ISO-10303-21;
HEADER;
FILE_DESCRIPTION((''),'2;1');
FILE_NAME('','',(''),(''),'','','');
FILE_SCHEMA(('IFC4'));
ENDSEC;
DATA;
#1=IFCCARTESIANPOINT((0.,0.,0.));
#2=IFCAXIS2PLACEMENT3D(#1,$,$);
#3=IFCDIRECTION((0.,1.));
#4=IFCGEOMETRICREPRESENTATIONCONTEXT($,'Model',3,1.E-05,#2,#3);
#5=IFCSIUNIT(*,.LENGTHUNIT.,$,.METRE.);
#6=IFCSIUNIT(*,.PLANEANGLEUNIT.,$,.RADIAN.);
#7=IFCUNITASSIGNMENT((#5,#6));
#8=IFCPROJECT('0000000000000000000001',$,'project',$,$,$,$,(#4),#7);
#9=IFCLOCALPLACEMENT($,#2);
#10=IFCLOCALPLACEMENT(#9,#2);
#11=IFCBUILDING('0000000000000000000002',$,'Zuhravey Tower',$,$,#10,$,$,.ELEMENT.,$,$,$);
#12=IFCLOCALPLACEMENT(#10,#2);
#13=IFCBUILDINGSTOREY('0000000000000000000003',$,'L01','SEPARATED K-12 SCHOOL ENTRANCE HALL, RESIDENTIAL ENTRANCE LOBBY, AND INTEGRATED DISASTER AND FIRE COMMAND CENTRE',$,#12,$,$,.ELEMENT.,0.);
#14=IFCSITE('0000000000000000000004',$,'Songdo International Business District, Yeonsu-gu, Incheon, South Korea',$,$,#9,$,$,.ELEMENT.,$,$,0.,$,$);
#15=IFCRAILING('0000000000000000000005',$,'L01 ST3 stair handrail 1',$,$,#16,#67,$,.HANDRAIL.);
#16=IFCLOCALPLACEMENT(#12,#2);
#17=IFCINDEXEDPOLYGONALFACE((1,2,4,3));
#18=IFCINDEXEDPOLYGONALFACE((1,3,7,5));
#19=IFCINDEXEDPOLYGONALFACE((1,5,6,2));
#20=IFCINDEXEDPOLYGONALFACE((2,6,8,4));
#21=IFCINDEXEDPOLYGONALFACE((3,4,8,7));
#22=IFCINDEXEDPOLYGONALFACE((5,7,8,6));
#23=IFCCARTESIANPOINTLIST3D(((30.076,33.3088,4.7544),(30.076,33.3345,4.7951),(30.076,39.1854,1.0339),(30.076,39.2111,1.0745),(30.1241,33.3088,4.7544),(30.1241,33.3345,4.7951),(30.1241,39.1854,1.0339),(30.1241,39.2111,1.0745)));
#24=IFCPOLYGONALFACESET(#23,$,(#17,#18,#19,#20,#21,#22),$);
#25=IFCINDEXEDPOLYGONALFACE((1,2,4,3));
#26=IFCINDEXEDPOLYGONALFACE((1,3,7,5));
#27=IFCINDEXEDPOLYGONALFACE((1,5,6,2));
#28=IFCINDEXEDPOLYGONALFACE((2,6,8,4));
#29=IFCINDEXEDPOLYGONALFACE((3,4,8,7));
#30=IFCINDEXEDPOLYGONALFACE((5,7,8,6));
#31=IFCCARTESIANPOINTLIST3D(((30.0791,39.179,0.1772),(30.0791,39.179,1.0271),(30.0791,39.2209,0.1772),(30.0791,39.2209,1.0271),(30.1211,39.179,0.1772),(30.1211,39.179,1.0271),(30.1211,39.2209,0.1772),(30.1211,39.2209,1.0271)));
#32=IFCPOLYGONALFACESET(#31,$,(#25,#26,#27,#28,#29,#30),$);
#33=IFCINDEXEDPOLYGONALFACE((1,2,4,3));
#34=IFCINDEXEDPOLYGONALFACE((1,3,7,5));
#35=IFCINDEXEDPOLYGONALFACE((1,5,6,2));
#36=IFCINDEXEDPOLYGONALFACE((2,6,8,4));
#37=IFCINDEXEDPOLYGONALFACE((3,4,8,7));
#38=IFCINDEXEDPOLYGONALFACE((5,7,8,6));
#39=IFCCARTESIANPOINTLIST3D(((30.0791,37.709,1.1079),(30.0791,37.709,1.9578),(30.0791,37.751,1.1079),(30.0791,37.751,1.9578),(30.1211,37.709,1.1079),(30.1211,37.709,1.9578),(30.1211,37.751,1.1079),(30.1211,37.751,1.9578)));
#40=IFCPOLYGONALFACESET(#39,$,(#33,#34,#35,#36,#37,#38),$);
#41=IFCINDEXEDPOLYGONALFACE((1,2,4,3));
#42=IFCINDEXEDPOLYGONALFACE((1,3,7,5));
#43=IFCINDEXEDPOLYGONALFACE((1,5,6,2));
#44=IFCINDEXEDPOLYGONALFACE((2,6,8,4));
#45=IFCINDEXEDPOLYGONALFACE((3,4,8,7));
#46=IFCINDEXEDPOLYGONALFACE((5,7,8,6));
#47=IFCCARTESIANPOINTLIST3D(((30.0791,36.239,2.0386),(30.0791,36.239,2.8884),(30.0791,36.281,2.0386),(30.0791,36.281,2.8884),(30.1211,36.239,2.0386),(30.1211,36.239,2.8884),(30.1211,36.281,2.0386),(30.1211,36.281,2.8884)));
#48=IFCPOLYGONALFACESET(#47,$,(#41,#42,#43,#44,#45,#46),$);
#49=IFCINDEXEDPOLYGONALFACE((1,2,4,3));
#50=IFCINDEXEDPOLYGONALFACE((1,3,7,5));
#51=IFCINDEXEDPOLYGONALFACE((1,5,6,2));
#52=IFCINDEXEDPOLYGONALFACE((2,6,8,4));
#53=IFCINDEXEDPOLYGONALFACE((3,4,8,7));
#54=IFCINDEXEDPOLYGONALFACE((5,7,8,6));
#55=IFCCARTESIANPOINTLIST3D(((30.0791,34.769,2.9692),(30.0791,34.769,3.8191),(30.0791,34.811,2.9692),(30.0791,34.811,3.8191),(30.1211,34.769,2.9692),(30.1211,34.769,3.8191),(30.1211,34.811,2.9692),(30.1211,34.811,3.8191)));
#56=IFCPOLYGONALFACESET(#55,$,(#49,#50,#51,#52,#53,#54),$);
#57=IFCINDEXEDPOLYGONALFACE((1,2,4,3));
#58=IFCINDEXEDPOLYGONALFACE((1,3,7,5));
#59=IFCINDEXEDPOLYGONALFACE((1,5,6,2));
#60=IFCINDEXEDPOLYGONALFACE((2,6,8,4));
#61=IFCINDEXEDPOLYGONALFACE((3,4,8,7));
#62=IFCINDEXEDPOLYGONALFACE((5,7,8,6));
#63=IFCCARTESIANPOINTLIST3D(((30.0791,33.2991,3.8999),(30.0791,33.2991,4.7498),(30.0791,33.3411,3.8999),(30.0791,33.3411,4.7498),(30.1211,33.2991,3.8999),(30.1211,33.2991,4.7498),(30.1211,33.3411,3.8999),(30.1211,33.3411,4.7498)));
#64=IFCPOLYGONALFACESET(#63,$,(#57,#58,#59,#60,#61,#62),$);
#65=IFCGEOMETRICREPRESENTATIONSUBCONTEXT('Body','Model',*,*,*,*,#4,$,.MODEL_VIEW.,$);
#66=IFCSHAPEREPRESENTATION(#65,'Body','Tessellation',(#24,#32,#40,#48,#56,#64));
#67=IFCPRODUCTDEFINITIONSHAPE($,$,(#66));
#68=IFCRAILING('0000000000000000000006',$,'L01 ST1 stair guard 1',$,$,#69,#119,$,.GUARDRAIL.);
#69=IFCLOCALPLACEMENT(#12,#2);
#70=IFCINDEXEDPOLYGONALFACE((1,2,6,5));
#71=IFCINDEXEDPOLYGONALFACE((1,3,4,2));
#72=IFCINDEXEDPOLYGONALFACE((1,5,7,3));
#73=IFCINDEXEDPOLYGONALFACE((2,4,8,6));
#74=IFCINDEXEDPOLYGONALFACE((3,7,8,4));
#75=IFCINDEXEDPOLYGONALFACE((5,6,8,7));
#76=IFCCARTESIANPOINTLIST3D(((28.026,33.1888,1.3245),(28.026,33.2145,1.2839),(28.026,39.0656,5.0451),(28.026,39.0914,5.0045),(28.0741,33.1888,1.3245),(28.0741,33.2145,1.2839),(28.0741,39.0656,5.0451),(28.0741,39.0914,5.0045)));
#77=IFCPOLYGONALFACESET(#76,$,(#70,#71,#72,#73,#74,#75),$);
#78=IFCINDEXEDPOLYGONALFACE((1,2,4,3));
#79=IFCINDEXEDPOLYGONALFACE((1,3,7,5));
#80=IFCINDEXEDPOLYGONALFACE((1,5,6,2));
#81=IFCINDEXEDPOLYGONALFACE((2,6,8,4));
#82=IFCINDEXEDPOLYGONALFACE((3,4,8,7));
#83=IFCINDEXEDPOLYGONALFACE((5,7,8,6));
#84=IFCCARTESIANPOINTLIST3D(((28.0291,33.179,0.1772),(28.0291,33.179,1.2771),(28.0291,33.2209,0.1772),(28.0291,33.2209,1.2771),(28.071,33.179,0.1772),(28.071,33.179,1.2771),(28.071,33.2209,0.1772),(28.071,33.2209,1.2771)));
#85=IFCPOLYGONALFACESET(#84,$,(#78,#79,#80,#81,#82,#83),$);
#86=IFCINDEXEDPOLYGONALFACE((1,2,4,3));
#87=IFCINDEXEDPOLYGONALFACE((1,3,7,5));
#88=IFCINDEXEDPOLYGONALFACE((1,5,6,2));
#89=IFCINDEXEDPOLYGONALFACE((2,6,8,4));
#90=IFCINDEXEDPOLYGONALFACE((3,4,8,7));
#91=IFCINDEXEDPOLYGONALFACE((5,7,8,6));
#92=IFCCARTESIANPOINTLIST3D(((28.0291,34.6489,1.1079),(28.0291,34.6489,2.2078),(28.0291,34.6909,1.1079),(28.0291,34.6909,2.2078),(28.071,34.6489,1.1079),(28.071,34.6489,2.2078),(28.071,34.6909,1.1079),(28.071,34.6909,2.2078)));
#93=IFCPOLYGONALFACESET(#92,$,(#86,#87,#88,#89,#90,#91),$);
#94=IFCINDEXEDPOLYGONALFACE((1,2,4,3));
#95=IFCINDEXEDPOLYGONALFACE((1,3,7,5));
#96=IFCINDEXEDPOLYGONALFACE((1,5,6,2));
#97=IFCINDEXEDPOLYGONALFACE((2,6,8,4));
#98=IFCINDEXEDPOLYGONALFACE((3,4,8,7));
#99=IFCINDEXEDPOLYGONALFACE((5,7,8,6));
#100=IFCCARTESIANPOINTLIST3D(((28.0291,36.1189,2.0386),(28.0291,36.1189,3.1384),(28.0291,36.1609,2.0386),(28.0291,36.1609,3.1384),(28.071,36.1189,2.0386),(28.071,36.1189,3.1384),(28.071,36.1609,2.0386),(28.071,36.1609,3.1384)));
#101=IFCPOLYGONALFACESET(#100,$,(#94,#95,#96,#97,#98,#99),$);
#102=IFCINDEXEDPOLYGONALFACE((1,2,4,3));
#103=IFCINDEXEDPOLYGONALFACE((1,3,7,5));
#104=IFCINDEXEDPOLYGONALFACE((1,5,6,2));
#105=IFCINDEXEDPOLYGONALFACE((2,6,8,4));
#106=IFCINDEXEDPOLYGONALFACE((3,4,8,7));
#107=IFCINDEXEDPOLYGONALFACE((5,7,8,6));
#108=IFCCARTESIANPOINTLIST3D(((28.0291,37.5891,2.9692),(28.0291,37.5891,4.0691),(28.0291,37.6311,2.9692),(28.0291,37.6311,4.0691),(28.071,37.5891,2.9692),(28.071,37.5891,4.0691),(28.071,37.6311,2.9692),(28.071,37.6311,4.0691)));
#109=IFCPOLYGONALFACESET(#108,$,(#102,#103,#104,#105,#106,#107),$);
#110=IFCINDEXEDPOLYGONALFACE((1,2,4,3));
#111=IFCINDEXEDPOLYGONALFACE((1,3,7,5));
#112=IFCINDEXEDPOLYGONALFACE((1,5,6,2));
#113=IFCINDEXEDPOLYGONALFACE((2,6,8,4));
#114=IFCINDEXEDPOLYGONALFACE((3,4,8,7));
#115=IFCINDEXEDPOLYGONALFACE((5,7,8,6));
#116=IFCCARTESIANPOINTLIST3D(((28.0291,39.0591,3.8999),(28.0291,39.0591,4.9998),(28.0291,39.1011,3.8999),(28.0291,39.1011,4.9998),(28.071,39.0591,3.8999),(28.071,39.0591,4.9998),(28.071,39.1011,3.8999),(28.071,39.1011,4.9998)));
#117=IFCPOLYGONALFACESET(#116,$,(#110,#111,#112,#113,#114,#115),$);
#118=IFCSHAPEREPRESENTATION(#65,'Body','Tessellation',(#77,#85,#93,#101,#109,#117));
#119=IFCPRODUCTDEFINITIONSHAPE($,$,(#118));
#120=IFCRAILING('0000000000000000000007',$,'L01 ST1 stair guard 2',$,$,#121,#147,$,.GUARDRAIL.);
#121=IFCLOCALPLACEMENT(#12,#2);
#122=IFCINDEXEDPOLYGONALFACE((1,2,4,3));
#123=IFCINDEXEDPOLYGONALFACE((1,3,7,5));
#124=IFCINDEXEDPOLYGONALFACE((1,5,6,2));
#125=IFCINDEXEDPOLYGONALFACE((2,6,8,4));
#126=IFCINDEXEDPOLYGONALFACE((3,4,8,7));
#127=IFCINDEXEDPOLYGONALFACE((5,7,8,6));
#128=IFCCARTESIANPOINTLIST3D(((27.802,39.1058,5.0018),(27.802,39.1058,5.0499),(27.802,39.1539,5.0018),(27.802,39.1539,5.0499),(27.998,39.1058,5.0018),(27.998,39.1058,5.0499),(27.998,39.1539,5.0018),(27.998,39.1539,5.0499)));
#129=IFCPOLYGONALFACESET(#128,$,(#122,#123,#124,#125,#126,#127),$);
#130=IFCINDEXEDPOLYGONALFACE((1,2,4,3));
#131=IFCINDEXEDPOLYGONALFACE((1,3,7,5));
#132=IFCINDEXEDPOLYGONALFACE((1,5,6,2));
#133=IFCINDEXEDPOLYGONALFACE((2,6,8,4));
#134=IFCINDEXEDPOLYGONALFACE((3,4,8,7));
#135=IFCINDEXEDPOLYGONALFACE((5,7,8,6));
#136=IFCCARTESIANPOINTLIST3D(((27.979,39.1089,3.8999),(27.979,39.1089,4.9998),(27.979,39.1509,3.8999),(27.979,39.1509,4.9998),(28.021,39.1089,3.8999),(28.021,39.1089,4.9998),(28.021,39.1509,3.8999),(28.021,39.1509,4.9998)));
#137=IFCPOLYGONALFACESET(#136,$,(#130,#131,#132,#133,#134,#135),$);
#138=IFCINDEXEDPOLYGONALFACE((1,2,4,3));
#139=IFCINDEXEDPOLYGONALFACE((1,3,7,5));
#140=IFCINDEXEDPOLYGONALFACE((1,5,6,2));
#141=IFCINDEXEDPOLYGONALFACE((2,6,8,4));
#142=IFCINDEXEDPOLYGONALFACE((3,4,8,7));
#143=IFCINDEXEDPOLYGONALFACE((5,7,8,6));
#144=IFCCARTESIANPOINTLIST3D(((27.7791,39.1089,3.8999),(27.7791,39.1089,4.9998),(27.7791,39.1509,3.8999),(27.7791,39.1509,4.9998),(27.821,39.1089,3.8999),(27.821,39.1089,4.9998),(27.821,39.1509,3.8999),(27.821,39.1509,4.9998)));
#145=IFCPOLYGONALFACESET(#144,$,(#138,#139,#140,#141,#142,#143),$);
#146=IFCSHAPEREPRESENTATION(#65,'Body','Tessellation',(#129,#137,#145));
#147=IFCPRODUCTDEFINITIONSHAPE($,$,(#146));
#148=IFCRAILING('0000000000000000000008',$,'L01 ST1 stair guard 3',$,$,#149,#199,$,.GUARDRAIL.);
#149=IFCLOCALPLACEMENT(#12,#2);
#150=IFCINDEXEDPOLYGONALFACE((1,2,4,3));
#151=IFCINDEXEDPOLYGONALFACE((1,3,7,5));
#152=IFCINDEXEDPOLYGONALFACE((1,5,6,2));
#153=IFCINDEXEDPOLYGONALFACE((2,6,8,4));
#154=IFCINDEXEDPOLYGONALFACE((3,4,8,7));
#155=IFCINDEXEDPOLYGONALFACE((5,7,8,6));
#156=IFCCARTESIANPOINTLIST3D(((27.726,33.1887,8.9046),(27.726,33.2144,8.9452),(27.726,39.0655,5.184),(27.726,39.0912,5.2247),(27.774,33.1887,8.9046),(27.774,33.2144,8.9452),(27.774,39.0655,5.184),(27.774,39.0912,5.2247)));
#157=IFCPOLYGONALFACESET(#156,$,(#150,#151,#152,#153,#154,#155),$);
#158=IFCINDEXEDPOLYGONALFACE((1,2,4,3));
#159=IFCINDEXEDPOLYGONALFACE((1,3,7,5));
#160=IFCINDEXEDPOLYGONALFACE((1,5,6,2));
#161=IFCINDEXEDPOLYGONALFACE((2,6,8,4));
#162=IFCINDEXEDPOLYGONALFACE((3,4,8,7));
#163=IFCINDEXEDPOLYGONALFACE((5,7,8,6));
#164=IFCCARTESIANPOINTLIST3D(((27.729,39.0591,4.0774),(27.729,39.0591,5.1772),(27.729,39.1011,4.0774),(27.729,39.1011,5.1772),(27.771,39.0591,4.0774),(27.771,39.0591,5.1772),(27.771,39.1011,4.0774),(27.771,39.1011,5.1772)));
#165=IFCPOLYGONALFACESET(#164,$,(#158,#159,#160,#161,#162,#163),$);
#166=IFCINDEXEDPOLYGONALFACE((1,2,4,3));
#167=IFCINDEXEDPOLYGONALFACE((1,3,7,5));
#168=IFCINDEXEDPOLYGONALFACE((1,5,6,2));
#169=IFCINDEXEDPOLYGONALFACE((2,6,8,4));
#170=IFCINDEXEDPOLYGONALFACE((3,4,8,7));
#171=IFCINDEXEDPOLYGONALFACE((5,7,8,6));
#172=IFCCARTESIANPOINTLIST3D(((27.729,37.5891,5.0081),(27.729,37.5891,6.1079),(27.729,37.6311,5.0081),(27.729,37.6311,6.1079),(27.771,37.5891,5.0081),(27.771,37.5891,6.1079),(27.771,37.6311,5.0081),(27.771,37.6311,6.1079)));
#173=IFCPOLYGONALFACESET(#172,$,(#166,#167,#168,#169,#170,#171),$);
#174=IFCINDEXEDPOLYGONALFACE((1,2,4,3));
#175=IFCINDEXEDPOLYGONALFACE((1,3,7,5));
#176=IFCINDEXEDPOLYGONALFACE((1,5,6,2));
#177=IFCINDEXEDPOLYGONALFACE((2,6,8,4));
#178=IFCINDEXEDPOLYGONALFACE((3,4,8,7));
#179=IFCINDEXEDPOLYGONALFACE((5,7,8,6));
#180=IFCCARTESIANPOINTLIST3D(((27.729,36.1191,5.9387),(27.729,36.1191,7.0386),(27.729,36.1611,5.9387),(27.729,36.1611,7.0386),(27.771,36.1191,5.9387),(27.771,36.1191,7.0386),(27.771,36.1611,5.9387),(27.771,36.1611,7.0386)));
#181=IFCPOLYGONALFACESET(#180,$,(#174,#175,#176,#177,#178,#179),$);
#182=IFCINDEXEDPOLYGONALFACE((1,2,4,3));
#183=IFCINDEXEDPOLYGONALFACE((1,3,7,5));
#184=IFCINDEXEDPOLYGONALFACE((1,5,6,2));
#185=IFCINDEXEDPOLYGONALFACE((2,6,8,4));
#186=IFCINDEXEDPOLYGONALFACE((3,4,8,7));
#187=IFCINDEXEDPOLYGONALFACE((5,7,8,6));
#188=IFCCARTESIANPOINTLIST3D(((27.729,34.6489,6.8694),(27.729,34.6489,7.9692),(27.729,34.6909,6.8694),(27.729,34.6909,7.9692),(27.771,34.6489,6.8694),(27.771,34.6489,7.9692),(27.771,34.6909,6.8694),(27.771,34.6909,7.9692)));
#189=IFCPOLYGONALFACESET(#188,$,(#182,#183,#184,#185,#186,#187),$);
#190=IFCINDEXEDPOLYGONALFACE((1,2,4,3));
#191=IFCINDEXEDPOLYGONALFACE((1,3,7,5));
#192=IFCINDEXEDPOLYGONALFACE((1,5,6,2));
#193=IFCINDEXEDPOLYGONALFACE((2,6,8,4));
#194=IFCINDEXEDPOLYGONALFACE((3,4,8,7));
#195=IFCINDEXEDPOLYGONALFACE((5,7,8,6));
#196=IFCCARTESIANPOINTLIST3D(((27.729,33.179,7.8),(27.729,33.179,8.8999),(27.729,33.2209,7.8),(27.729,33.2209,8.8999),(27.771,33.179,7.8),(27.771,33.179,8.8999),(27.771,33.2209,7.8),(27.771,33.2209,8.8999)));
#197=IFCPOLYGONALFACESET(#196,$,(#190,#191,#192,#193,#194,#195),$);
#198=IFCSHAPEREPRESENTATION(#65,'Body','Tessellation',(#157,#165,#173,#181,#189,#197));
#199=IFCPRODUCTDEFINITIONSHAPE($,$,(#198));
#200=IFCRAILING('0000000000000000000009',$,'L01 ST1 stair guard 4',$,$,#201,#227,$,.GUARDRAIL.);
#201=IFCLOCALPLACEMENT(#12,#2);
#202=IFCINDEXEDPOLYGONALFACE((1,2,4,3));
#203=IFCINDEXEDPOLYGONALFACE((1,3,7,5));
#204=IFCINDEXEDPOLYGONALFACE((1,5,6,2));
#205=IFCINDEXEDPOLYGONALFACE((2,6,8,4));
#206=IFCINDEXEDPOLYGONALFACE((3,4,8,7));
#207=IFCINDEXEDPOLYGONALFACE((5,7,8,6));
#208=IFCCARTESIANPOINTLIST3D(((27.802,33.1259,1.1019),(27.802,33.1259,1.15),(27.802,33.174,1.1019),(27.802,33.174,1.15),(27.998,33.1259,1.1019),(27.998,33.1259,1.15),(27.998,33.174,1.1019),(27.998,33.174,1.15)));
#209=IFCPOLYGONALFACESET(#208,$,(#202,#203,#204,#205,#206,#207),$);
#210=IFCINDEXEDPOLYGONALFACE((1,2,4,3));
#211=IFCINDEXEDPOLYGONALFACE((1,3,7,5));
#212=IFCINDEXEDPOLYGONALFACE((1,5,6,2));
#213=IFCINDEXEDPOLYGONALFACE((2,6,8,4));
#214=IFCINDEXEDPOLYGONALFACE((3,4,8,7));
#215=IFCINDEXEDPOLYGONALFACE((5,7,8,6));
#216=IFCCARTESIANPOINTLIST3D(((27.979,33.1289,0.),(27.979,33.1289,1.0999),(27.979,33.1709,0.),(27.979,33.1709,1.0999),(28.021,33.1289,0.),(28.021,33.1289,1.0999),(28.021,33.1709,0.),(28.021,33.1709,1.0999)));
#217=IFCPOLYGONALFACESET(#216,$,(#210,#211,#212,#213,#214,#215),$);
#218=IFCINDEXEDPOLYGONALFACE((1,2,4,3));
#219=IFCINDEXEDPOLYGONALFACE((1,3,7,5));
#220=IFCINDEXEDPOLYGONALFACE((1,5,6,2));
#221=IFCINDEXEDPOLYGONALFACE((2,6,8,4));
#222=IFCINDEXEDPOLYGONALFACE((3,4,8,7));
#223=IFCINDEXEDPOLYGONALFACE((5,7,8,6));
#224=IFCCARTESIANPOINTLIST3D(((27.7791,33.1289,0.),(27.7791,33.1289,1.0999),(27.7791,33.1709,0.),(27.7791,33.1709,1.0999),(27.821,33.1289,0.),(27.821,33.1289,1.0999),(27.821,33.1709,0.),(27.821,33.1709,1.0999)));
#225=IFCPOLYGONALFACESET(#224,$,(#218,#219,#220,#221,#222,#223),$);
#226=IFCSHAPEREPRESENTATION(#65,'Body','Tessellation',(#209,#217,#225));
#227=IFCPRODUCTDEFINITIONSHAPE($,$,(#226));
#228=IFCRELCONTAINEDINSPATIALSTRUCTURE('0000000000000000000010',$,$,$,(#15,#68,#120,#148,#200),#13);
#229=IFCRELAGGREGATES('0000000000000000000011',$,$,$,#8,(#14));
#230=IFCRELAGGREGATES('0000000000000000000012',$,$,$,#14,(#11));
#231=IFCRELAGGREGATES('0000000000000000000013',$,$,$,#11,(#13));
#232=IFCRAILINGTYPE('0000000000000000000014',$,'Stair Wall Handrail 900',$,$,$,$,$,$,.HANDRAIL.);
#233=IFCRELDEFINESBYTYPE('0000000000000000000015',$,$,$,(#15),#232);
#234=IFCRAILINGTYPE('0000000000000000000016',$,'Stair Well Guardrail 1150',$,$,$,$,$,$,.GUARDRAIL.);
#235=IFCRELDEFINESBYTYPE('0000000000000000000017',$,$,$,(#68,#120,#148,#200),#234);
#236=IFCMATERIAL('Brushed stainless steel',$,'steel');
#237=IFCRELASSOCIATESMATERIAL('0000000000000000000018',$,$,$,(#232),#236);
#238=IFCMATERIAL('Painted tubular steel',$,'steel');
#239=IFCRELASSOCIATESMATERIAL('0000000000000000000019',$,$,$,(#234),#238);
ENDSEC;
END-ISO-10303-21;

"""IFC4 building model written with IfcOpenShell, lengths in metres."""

from ifc_helpers import new_model, si_unit, direction, frame, origin, origin_2d, place, context, subcontext, project, spatial, rectangle, extrude, material, type_object, element, save


model = new_model("IFC4")

# Units and contexts
model_context = context("Model", 3, precision=1e-05, world=origin(), true_north=direction((0.0, 1.0)))
body_context = subcontext(model_context, "Body", "Model", "MODEL_VIEW")
ifc_project = project(units=[si_unit("LENGTHUNIT", "METRE"), si_unit("PLANEANGLEUNIT", "RADIAN")], contexts=[model_context])

# Site, building, storey
site_placement = place(None, origin())
site = spatial("IfcSite", under=ifc_project, at=site_placement, Name="Songdo International Business District, Yeonsu-gu, Incheon, South Korea", CompositionType="ELEMENT", RefElevation=0.0)
building_placement = place(site_placement, origin())
building = spatial("IfcBuilding", under=site, at=building_placement, Name="Zuhravey Tower", CompositionType="ELEMENT")
storey_placement = place(building_placement, origin())
storey = spatial("IfcBuildingStorey", under=building, at=storey_placement, Name="L01", Description="SEPARATED K-12 SCHOOL ENTRANCE HALL, RESIDENTIAL ENTRANCE LOBBY, AND INTEGRATED DISASTER AND FIRE COMMAND CENTRE", CompositionType="ELEMENT", Elevation=0.0)

# Railings
ifc_material_1 = material(Name="Brushed stainless steel", Category="steel")
railing_type_1 = type_object("IfcRailingType", Name="Stair Wall Handrail 900", PredefinedType="HANDRAIL", material=ifc_material_1)
railing_1_placement = place(storey_placement, frame((30.1001, 39.2, 0.1772)))
element("IfcRailing", 1, at=railing_1_placement, inside=storey, type_object=railing_type_1, Name="L01 ST3 stair handrail 1", PredefinedType="HANDRAIL", context=body_context, shape_type="SweptSolid", body=[
    extrude(rectangle(XDim=0.0481, YDim=0.0481, at=origin_2d()), frame((0.0, -0.0017, 0.877), z_axis=(0.0, -0.844902, 0.534922), x_axis=(1.0, 0.0, 0.0)), (0.0, 0.0, 1.0), 6.9553),
    extrude(rectangle(XDim=0.042, YDim=0.042, at=origin_2d()), origin(), (0.0, 0.0, 1.0), 0.8499),
    extrude(rectangle(XDim=0.042, YDim=0.042, at=origin_2d()), frame((0.0, -1.47, 0.9307)), (0.0, 0.0, 1.0), 0.8499),
    extrude(rectangle(XDim=0.042, YDim=0.042, at=origin_2d()), frame((0.0, -2.9399, 1.8613)), (0.0, 0.0, 1.0), 0.8499),
    extrude(rectangle(XDim=0.042, YDim=0.042, at=origin_2d()), frame((0.0, -4.4099, 2.792)), (0.0, 0.0, 1.0), 0.8499),
    extrude(rectangle(XDim=0.042, YDim=0.042, at=origin_2d()), frame((0.0, -5.8799, 3.7227)), (0.0, 0.0, 1.0), 0.8499),
])
ifc_material_2 = material(Name="Painted tubular steel", Category="steel")
railing_type_2 = type_object("IfcRailingType", Name="Stair Well Guardrail 1150", PredefinedType="GUARDRAIL", material=ifc_material_2)
railing_2_placement = place(storey_placement, frame((28.05, 33.2, 0.1772)))
element("IfcRailing", 2, at=railing_2_placement, inside=storey, type_object=railing_type_2, Name="L01 ST1 stair guard 1", PredefinedType="GUARDRAIL", context=body_context, shape_type="SweptSolid", body=[
    extrude(rectangle(XDim=0.0481, YDim=0.0481, at=origin_2d()), frame((0.0, 0.0017, 1.127), z_axis=(0.0, 0.844912, 0.534906), x_axis=(-1.0, 0.0, 0.0)), (0.0, 0.0, 1.0), 6.9556),
    extrude(rectangle(XDim=0.042, YDim=0.042, at=origin_2d()), origin(), (0.0, 0.0, 1.0), 1.0999),
    extrude(rectangle(XDim=0.042, YDim=0.042, at=origin_2d()), frame((0.0, 1.47, 0.9307)), (0.0, 0.0, 1.0), 1.0999),
    extrude(rectangle(XDim=0.042, YDim=0.042, at=origin_2d()), frame((0.0, 2.9399, 1.8613)), (0.0, 0.0, 1.0), 1.0999),
    extrude(rectangle(XDim=0.042, YDim=0.042, at=origin_2d()), frame((0.0, 4.4102, 2.792)), (0.0, 0.0, 1.0), 1.0999),
    extrude(rectangle(XDim=0.042, YDim=0.042, at=origin_2d()), frame((0.0, 5.8801, 3.7227)), (0.0, 0.0, 1.0), 1.0999),
])
railing_3_placement = place(storey_placement, frame((28.0, 39.1299, 3.8999)))
element("IfcRailing", 3, at=railing_3_placement, inside=storey, type_object=railing_type_2, Name="L01 ST1 stair guard 2", PredefinedType="GUARDRAIL", context=body_context, shape_type="SweptSolid", body=[
    extrude(rectangle(XDim=0.0481, YDim=0.0481, at=origin_2d()), frame((-0.002, 0.0, 1.126), z_axis=(-1.0, 0.0, 0.0), x_axis=(0.0, -1.0, 0.0)), (0.0, 0.0, 1.0), 0.196),
    extrude(rectangle(XDim=0.042, YDim=0.042, at=origin_2d()), origin(), (0.0, 0.0, 1.0), 1.0999),
    extrude(rectangle(XDim=0.042, YDim=0.042, at=origin_2d()), frame((-0.2, 0.0, 0.0)), (0.0, 0.0, 1.0), 1.0999),
])
railing_4_placement = place(storey_placement, frame((27.75, 39.0801, 4.0774)))
element("IfcRailing", 4, at=railing_4_placement, inside=storey, type_object=railing_type_2, Name="L01 ST1 stair guard 3", PredefinedType="GUARDRAIL", context=body_context, shape_type="SweptSolid", body=[
    extrude(rectangle(XDim=0.0481, YDim=0.0481, at=origin_2d()), frame((0.0, -0.0017, 1.127), z_axis=(0.0, -0.844912, 0.534906), x_axis=(1.0, 0.0, 0.0)), (0.0, 0.0, 1.0), 6.9556),
    extrude(rectangle(XDim=0.042, YDim=0.042, at=origin_2d()), origin(), (0.0, 0.0, 1.0), 1.0999),
    extrude(rectangle(XDim=0.042, YDim=0.042, at=origin_2d()), frame((0.0, -1.47, 0.9307)), (0.0, 0.0, 1.0), 1.0999),
    extrude(rectangle(XDim=0.042, YDim=0.042, at=origin_2d()), frame((0.0, -2.9399, 1.8613)), (0.0, 0.0, 1.0), 1.0999),
    extrude(rectangle(XDim=0.042, YDim=0.042, at=origin_2d()), frame((0.0, -4.4102, 2.792)), (0.0, 0.0, 1.0), 1.0999),
    extrude(rectangle(XDim=0.042, YDim=0.042, at=origin_2d()), frame((0.0, -5.8801, 3.7227)), (0.0, 0.0, 1.0), 1.0999),
])
railing_5_placement = place(storey_placement, frame((28.0, 33.1499, 0.0)))
element("IfcRailing", 5, at=railing_5_placement, inside=storey, type_object=railing_type_2, Name="L01 ST1 stair guard 4", PredefinedType="GUARDRAIL", context=body_context, shape_type="SweptSolid", body=[
    extrude(rectangle(XDim=0.0481, YDim=0.0481, at=origin_2d()), frame((-0.002, 0.0, 1.126), z_axis=(-1.0, 0.0, 0.0), x_axis=(0.0, -1.0, 0.0)), (0.0, 0.0, 1.0), 0.196),
    extrude(rectangle(XDim=0.042, YDim=0.042, at=origin_2d()), origin(), (0.0, 0.0, 1.0), 1.0999),
    extrude(rectangle(XDim=0.042, YDim=0.042, at=origin_2d()), frame((-0.2, 0.0, 0.0)), (0.0, 0.0, 1.0), 1.0999),
])

save(model, "model.ifc")
